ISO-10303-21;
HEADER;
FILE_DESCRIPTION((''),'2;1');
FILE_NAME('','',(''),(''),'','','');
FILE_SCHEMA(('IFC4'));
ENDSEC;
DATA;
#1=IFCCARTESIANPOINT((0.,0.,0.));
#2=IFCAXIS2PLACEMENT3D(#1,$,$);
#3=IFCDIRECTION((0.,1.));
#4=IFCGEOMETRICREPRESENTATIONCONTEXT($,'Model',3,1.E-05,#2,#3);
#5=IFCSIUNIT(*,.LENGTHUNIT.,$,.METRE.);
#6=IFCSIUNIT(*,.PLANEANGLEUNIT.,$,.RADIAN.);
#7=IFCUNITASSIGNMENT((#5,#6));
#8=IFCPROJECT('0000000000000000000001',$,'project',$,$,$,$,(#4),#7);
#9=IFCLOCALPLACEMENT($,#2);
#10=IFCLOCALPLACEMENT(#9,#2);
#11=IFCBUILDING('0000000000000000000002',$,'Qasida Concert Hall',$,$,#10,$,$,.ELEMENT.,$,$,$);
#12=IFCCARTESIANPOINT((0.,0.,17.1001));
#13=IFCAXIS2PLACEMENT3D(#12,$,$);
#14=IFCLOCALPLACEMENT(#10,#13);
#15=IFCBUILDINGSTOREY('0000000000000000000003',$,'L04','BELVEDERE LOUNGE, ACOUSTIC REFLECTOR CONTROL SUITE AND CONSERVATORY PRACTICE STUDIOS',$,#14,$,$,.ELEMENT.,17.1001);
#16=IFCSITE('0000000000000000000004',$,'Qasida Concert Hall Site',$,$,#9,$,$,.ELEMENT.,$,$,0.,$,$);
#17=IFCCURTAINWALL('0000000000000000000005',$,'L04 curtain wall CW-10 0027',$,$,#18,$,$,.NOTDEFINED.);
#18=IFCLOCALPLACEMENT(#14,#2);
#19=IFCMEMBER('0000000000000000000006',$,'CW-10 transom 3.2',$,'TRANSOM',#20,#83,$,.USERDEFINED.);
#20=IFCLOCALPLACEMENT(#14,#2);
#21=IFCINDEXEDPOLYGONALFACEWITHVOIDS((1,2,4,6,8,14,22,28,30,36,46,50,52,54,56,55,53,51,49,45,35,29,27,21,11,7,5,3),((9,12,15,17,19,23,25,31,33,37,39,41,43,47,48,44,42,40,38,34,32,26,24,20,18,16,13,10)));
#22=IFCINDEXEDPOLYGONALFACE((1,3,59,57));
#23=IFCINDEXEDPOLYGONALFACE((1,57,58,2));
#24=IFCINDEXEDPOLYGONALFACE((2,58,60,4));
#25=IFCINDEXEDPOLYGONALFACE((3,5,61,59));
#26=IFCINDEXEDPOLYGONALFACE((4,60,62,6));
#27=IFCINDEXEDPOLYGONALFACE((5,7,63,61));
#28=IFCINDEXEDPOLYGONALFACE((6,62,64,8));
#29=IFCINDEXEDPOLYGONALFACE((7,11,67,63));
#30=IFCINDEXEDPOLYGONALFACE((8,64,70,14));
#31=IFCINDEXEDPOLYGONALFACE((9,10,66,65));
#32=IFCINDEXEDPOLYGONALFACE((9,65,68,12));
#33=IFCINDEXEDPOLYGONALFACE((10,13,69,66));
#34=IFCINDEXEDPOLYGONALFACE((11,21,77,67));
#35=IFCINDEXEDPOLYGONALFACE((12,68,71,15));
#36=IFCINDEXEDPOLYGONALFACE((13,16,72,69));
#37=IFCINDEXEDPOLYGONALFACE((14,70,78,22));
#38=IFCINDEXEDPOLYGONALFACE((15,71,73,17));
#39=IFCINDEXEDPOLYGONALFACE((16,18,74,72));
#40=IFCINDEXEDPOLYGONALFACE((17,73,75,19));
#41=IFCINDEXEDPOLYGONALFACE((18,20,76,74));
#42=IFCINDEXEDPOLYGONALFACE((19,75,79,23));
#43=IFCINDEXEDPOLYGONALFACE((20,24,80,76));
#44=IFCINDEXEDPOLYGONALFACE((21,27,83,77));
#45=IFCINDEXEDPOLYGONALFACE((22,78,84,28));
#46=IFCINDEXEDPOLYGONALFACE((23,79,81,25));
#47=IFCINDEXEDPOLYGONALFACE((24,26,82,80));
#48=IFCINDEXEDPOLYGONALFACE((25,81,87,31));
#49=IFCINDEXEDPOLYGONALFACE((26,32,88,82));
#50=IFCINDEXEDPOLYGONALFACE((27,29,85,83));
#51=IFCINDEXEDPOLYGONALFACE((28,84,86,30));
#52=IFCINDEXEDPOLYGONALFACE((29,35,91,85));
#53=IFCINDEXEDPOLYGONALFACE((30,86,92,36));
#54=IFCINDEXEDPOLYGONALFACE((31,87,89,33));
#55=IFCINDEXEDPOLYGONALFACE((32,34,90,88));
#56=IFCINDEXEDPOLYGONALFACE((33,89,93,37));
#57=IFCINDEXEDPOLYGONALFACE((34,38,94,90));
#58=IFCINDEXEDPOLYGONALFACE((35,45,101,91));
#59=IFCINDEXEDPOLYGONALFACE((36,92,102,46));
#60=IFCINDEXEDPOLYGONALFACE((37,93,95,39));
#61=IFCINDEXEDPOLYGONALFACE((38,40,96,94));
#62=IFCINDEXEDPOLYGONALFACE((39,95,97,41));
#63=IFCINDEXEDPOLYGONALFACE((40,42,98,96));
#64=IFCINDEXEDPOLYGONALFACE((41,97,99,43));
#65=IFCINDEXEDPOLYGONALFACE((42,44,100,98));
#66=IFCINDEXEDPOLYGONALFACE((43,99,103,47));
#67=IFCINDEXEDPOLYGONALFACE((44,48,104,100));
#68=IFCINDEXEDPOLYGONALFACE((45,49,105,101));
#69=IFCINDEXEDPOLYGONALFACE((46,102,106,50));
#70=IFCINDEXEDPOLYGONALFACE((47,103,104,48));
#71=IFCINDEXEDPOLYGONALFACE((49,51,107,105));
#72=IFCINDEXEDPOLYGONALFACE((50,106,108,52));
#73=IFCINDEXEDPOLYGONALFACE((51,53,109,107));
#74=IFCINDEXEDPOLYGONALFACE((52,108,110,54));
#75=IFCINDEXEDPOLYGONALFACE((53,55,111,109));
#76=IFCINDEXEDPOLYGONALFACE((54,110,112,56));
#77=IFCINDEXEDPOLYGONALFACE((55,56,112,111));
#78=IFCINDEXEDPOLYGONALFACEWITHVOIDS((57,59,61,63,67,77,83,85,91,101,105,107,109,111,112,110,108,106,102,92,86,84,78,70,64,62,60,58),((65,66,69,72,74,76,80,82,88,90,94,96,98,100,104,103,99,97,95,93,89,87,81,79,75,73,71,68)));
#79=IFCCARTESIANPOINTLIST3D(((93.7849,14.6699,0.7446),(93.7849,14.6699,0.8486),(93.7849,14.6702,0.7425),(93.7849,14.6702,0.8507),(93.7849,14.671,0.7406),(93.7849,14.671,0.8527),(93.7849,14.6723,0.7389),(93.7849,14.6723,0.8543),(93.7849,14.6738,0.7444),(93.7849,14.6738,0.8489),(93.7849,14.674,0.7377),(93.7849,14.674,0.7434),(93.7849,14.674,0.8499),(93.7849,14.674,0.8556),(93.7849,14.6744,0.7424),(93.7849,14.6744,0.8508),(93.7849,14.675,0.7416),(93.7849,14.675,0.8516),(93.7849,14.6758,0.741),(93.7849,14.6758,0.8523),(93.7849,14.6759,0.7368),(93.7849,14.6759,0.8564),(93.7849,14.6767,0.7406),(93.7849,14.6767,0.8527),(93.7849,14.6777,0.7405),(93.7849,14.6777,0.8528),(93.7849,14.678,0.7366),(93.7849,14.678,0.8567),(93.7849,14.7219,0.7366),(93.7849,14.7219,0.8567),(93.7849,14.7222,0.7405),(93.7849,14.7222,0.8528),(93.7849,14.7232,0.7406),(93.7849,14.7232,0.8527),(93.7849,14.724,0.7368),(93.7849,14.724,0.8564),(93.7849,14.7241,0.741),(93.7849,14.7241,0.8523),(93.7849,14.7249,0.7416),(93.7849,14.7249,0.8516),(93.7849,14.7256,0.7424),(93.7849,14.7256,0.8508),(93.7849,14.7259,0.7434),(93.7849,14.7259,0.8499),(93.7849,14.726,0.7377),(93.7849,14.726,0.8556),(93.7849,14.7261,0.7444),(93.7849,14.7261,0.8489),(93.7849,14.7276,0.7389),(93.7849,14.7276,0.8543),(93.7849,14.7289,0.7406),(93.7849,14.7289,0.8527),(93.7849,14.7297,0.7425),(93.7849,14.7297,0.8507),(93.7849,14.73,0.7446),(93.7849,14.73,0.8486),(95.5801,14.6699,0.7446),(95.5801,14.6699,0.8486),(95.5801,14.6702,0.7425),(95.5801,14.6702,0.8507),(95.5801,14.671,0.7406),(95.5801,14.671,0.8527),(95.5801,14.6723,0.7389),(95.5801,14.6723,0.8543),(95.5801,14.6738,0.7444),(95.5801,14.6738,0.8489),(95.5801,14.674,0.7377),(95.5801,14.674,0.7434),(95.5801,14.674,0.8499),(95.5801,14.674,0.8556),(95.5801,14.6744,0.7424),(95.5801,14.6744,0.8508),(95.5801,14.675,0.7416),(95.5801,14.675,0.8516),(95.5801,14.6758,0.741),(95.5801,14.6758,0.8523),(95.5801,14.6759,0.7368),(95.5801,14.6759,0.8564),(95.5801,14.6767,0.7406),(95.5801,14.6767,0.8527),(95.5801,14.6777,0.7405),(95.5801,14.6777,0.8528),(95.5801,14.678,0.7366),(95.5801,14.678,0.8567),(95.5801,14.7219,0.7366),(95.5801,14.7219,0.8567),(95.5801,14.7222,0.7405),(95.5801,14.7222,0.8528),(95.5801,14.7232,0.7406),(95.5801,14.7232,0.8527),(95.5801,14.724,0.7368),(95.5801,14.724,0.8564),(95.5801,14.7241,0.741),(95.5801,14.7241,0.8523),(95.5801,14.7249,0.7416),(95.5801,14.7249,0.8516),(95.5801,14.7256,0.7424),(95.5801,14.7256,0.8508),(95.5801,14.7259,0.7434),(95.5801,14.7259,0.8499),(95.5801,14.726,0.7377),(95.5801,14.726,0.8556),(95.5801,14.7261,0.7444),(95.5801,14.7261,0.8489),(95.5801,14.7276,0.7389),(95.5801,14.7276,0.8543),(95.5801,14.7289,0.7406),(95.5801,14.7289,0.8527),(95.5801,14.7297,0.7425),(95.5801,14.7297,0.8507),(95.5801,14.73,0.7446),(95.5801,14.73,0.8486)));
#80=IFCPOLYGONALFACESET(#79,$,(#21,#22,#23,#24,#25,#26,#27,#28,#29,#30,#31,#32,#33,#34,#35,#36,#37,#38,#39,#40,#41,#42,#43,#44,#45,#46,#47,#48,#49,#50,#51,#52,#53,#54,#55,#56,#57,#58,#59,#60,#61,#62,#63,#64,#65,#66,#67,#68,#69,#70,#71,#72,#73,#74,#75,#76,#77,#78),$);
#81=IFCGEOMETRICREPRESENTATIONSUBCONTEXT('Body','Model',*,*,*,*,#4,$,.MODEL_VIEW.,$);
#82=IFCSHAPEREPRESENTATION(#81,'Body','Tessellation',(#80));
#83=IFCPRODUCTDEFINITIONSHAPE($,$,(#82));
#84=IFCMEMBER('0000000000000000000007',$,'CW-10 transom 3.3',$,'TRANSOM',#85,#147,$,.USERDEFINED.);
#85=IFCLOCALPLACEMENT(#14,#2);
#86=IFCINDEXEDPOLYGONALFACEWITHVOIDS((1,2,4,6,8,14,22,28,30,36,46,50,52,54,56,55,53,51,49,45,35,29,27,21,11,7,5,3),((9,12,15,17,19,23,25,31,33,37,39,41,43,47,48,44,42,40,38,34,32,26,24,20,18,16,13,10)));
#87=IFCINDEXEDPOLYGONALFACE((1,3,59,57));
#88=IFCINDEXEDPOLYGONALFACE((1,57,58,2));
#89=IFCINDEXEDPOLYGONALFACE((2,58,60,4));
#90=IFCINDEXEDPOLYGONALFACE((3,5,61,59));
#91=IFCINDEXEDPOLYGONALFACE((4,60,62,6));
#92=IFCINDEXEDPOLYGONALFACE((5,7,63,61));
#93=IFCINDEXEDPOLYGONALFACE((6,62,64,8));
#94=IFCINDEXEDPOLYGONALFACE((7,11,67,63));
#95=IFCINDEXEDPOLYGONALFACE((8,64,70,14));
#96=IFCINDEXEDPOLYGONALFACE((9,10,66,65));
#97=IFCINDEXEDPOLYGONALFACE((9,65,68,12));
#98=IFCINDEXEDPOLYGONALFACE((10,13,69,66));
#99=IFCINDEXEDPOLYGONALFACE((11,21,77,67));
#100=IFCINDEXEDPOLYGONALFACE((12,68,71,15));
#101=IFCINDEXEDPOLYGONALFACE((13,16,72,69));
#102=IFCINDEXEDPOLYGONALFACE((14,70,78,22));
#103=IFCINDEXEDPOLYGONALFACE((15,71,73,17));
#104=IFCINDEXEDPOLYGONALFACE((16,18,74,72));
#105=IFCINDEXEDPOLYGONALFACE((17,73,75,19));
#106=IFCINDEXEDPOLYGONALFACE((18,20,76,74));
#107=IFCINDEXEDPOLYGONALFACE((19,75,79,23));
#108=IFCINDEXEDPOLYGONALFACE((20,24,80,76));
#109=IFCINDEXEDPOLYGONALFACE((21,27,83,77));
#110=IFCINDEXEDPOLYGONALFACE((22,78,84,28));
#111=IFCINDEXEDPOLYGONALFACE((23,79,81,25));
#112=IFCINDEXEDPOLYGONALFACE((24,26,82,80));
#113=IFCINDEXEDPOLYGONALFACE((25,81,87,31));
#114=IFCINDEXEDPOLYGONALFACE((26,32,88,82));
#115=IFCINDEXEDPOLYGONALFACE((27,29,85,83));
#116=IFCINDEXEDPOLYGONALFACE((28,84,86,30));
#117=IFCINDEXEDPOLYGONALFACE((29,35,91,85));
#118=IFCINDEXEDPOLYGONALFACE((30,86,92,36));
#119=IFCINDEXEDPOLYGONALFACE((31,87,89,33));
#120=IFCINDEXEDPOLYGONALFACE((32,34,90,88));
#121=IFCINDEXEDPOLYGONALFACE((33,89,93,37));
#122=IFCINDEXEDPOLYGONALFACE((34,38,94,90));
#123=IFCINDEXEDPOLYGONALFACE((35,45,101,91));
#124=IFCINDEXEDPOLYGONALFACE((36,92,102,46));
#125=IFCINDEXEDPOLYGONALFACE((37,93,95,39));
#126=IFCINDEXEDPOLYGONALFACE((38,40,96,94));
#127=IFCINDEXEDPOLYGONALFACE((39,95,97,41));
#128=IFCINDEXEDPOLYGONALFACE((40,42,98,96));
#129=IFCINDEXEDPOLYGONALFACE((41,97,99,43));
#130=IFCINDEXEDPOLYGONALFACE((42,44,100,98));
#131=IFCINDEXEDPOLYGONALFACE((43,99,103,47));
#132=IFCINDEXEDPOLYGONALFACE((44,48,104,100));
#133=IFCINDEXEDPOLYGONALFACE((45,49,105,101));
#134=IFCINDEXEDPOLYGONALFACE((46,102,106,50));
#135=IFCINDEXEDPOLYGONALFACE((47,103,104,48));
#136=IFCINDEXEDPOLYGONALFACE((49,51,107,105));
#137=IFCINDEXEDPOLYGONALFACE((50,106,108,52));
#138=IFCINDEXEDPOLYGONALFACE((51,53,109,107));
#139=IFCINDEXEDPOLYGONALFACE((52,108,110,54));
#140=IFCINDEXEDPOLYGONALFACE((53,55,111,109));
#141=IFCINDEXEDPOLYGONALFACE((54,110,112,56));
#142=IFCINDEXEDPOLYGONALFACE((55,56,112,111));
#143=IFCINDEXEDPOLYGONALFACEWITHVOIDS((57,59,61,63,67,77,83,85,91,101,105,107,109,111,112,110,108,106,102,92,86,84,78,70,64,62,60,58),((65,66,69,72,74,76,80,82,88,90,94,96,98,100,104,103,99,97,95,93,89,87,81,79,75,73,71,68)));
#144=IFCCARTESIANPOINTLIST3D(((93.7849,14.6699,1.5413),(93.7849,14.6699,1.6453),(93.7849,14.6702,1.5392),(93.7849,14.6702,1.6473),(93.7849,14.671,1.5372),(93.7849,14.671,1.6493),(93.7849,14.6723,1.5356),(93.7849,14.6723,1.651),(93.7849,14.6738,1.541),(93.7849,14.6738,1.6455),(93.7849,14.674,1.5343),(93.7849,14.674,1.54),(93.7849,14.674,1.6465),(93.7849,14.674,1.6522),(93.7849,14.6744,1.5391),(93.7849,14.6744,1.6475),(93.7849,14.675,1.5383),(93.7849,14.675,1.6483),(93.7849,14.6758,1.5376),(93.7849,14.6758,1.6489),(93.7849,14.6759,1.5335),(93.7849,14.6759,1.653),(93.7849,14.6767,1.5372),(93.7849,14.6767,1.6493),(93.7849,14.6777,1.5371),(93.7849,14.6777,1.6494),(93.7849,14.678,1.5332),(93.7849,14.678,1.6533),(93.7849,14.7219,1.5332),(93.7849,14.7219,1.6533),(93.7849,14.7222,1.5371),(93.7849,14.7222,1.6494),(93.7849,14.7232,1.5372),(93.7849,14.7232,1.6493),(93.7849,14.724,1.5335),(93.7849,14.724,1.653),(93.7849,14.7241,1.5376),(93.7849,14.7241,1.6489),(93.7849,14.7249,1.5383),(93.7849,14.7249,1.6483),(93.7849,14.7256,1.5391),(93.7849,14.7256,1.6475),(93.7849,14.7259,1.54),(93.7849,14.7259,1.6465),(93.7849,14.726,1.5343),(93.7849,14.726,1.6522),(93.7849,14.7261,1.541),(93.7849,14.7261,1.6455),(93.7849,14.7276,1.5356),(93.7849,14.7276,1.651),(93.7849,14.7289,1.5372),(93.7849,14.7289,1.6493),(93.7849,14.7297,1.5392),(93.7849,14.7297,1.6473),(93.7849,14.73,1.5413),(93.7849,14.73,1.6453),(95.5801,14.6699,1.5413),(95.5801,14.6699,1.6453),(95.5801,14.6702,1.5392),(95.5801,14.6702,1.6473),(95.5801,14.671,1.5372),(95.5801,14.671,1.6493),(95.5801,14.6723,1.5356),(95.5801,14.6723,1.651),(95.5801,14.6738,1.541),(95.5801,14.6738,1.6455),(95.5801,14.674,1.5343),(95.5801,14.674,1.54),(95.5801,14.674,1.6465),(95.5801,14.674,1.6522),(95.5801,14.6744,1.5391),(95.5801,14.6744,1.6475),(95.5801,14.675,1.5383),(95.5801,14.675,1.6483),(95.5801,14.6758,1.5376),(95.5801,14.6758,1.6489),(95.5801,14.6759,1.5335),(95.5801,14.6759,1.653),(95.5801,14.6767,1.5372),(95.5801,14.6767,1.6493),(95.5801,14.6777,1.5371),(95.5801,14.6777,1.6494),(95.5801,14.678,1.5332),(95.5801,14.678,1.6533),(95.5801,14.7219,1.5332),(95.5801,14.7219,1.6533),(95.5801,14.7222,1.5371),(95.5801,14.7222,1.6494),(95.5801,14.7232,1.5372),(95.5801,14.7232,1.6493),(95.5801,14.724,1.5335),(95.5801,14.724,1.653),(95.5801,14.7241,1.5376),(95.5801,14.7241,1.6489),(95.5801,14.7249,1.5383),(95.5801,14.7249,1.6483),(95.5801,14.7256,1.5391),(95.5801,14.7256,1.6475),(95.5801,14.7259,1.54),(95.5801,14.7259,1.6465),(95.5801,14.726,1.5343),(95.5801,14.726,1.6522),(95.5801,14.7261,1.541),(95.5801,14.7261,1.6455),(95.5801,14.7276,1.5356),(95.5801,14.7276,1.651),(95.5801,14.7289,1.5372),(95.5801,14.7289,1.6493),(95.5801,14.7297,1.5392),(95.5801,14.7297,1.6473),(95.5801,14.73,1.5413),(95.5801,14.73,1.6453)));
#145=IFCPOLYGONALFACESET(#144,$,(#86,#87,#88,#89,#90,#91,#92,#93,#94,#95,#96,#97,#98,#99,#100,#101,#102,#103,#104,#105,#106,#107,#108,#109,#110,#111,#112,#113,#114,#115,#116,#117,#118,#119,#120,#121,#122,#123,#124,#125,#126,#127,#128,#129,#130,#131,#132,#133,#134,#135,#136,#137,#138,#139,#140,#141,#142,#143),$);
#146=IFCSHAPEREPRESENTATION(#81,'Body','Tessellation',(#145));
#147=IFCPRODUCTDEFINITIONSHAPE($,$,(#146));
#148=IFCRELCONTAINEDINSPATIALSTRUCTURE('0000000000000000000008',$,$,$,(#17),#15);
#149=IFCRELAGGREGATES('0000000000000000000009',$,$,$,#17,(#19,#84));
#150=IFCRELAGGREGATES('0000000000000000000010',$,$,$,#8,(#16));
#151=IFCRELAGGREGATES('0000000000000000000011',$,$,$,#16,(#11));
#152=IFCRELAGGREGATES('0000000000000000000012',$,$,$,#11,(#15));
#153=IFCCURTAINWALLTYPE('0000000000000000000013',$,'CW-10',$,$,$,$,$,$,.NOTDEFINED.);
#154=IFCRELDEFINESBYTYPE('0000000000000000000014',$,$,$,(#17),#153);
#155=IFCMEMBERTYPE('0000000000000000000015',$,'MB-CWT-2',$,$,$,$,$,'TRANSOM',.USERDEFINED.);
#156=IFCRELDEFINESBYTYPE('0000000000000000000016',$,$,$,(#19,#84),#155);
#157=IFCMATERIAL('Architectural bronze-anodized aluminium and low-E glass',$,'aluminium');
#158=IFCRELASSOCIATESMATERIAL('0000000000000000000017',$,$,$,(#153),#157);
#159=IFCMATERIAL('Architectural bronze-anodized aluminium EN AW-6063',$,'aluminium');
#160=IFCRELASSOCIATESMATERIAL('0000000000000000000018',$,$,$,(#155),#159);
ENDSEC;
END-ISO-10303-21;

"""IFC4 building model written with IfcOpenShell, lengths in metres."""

from ifc_helpers import new_model, si_unit, direction, frame, origin, origin_2d, place, context, subcontext, project, spatial, hollow_rectangle, extrude, material, material_profile, profile_set, type_object, element, aggregate, save


model = new_model("IFC4")

# Units and contexts
model_context = context("Model", 3, precision=1e-05, world=origin(), true_north=direction((0.0, 1.0)))
body_context = subcontext(model_context, "Body", "Model", "MODEL_VIEW")
ifc_project = project(units=[si_unit("LENGTHUNIT", "METRE"), si_unit("PLANEANGLEUNIT", "RADIAN")], contexts=[model_context])

# Site, building, storey
site_placement = place(None, origin())
site = spatial("IfcSite", under=ifc_project, at=site_placement, Name="Qasida Concert Hall Site", CompositionType="ELEMENT", RefElevation=0.0)
building_placement = place(site_placement, origin())
building = spatial("IfcBuilding", under=site, at=building_placement, Name="Qasida Concert Hall", CompositionType="ELEMENT")
storey_placement = place(building_placement, frame((0.0, 0.0, 17.1001)))
storey = spatial("IfcBuildingStorey", under=building, at=storey_placement, Name="L04", Description="BELVEDERE LOUNGE, ACOUSTIC REFLECTOR CONTROL SUITE AND CONSERVATORY PRACTICE STUDIOS", CompositionType="ELEMENT", Elevation=17.1001)

# Curtain wall
ifc_material_1 = material(Name="Architectural bronze-anodized aluminium and low-E glass", Category="aluminium")
curtain_wall_type = type_object("IfcCurtainWallType", Name="CW-10", PredefinedType="NOTDEFINED", material=ifc_material_1)
curtain_wall_1_placement = place(storey_placement, origin())
curtain_wall_1 = element("IfcCurtainWall", 1, at=curtain_wall_1_placement, inside=storey, type_object=curtain_wall_type, Name="L04 curtain wall CW-10 0027", PredefinedType="NOTDEFINED")
ifc_material_2 = material(Name="Architectural bronze-anodized aluminium EN AW-6063", Category="aluminium")

# Members
ifc_material_profile_1 = material_profile(ifc_material_2, hollow_rectangle(XDim=0.0601, YDim=0.1201, WallThickness=0.0039, InnerFilletRadius=0.0039, OuterFilletRadius=0.0081, at=origin_2d()), Name="CWT 120x60x4")
ifc_profile_set_1 = profile_set([ifc_material_profile_1], Name="Architectural bronze-anodized aluminium EN AW-6063")
member_type_1 = type_object("IfcMemberType", Name="MB-CWT-2", ElementType="TRANSOM", PredefinedType="USERDEFINED", material=ifc_profile_set_1)
member_1_placement = place(storey_placement, frame((93.7849, 14.7, 0.7966), z_axis=(1.0, 0.0, 0.0), x_axis=(0.0, 1.0, 0.0)))
member_1 = element("IfcMember", 2, at=member_1_placement, type_object=member_type_1, Name="CW-10 transom 3.2", ObjectType="TRANSOM", PredefinedType="USERDEFINED", context=body_context, shape_type="SweptSolid", body=[
    extrude(hollow_rectangle(XDim=0.0601, YDim=0.1201, WallThickness=0.0039, InnerFilletRadius=0.0039, OuterFilletRadius=0.0081, at=origin_2d()), origin(), (0.0, 0.0, 1.0), 1.7952),
])
member_2_placement = place(storey_placement, frame((93.7849, 14.7, 1.5933), z_axis=(1.0, 0.0, 0.0), x_axis=(0.0, 1.0, 0.0)))
member_2 = element("IfcMember", 3, at=member_2_placement, type_object=member_type_1, Name="CW-10 transom 3.3", ObjectType="TRANSOM", PredefinedType="USERDEFINED", context=body_context, shape_type="SweptSolid", body=[
    extrude(hollow_rectangle(XDim=0.0601, YDim=0.1201, WallThickness=0.0039, InnerFilletRadius=0.0039, OuterFilletRadius=0.0081, at=origin_2d()), origin(), (0.0, 0.0, 1.0), 1.7952),
])

aggregate(curtain_wall_1, [member_1, member_2])

save(model, "model.ifc")
